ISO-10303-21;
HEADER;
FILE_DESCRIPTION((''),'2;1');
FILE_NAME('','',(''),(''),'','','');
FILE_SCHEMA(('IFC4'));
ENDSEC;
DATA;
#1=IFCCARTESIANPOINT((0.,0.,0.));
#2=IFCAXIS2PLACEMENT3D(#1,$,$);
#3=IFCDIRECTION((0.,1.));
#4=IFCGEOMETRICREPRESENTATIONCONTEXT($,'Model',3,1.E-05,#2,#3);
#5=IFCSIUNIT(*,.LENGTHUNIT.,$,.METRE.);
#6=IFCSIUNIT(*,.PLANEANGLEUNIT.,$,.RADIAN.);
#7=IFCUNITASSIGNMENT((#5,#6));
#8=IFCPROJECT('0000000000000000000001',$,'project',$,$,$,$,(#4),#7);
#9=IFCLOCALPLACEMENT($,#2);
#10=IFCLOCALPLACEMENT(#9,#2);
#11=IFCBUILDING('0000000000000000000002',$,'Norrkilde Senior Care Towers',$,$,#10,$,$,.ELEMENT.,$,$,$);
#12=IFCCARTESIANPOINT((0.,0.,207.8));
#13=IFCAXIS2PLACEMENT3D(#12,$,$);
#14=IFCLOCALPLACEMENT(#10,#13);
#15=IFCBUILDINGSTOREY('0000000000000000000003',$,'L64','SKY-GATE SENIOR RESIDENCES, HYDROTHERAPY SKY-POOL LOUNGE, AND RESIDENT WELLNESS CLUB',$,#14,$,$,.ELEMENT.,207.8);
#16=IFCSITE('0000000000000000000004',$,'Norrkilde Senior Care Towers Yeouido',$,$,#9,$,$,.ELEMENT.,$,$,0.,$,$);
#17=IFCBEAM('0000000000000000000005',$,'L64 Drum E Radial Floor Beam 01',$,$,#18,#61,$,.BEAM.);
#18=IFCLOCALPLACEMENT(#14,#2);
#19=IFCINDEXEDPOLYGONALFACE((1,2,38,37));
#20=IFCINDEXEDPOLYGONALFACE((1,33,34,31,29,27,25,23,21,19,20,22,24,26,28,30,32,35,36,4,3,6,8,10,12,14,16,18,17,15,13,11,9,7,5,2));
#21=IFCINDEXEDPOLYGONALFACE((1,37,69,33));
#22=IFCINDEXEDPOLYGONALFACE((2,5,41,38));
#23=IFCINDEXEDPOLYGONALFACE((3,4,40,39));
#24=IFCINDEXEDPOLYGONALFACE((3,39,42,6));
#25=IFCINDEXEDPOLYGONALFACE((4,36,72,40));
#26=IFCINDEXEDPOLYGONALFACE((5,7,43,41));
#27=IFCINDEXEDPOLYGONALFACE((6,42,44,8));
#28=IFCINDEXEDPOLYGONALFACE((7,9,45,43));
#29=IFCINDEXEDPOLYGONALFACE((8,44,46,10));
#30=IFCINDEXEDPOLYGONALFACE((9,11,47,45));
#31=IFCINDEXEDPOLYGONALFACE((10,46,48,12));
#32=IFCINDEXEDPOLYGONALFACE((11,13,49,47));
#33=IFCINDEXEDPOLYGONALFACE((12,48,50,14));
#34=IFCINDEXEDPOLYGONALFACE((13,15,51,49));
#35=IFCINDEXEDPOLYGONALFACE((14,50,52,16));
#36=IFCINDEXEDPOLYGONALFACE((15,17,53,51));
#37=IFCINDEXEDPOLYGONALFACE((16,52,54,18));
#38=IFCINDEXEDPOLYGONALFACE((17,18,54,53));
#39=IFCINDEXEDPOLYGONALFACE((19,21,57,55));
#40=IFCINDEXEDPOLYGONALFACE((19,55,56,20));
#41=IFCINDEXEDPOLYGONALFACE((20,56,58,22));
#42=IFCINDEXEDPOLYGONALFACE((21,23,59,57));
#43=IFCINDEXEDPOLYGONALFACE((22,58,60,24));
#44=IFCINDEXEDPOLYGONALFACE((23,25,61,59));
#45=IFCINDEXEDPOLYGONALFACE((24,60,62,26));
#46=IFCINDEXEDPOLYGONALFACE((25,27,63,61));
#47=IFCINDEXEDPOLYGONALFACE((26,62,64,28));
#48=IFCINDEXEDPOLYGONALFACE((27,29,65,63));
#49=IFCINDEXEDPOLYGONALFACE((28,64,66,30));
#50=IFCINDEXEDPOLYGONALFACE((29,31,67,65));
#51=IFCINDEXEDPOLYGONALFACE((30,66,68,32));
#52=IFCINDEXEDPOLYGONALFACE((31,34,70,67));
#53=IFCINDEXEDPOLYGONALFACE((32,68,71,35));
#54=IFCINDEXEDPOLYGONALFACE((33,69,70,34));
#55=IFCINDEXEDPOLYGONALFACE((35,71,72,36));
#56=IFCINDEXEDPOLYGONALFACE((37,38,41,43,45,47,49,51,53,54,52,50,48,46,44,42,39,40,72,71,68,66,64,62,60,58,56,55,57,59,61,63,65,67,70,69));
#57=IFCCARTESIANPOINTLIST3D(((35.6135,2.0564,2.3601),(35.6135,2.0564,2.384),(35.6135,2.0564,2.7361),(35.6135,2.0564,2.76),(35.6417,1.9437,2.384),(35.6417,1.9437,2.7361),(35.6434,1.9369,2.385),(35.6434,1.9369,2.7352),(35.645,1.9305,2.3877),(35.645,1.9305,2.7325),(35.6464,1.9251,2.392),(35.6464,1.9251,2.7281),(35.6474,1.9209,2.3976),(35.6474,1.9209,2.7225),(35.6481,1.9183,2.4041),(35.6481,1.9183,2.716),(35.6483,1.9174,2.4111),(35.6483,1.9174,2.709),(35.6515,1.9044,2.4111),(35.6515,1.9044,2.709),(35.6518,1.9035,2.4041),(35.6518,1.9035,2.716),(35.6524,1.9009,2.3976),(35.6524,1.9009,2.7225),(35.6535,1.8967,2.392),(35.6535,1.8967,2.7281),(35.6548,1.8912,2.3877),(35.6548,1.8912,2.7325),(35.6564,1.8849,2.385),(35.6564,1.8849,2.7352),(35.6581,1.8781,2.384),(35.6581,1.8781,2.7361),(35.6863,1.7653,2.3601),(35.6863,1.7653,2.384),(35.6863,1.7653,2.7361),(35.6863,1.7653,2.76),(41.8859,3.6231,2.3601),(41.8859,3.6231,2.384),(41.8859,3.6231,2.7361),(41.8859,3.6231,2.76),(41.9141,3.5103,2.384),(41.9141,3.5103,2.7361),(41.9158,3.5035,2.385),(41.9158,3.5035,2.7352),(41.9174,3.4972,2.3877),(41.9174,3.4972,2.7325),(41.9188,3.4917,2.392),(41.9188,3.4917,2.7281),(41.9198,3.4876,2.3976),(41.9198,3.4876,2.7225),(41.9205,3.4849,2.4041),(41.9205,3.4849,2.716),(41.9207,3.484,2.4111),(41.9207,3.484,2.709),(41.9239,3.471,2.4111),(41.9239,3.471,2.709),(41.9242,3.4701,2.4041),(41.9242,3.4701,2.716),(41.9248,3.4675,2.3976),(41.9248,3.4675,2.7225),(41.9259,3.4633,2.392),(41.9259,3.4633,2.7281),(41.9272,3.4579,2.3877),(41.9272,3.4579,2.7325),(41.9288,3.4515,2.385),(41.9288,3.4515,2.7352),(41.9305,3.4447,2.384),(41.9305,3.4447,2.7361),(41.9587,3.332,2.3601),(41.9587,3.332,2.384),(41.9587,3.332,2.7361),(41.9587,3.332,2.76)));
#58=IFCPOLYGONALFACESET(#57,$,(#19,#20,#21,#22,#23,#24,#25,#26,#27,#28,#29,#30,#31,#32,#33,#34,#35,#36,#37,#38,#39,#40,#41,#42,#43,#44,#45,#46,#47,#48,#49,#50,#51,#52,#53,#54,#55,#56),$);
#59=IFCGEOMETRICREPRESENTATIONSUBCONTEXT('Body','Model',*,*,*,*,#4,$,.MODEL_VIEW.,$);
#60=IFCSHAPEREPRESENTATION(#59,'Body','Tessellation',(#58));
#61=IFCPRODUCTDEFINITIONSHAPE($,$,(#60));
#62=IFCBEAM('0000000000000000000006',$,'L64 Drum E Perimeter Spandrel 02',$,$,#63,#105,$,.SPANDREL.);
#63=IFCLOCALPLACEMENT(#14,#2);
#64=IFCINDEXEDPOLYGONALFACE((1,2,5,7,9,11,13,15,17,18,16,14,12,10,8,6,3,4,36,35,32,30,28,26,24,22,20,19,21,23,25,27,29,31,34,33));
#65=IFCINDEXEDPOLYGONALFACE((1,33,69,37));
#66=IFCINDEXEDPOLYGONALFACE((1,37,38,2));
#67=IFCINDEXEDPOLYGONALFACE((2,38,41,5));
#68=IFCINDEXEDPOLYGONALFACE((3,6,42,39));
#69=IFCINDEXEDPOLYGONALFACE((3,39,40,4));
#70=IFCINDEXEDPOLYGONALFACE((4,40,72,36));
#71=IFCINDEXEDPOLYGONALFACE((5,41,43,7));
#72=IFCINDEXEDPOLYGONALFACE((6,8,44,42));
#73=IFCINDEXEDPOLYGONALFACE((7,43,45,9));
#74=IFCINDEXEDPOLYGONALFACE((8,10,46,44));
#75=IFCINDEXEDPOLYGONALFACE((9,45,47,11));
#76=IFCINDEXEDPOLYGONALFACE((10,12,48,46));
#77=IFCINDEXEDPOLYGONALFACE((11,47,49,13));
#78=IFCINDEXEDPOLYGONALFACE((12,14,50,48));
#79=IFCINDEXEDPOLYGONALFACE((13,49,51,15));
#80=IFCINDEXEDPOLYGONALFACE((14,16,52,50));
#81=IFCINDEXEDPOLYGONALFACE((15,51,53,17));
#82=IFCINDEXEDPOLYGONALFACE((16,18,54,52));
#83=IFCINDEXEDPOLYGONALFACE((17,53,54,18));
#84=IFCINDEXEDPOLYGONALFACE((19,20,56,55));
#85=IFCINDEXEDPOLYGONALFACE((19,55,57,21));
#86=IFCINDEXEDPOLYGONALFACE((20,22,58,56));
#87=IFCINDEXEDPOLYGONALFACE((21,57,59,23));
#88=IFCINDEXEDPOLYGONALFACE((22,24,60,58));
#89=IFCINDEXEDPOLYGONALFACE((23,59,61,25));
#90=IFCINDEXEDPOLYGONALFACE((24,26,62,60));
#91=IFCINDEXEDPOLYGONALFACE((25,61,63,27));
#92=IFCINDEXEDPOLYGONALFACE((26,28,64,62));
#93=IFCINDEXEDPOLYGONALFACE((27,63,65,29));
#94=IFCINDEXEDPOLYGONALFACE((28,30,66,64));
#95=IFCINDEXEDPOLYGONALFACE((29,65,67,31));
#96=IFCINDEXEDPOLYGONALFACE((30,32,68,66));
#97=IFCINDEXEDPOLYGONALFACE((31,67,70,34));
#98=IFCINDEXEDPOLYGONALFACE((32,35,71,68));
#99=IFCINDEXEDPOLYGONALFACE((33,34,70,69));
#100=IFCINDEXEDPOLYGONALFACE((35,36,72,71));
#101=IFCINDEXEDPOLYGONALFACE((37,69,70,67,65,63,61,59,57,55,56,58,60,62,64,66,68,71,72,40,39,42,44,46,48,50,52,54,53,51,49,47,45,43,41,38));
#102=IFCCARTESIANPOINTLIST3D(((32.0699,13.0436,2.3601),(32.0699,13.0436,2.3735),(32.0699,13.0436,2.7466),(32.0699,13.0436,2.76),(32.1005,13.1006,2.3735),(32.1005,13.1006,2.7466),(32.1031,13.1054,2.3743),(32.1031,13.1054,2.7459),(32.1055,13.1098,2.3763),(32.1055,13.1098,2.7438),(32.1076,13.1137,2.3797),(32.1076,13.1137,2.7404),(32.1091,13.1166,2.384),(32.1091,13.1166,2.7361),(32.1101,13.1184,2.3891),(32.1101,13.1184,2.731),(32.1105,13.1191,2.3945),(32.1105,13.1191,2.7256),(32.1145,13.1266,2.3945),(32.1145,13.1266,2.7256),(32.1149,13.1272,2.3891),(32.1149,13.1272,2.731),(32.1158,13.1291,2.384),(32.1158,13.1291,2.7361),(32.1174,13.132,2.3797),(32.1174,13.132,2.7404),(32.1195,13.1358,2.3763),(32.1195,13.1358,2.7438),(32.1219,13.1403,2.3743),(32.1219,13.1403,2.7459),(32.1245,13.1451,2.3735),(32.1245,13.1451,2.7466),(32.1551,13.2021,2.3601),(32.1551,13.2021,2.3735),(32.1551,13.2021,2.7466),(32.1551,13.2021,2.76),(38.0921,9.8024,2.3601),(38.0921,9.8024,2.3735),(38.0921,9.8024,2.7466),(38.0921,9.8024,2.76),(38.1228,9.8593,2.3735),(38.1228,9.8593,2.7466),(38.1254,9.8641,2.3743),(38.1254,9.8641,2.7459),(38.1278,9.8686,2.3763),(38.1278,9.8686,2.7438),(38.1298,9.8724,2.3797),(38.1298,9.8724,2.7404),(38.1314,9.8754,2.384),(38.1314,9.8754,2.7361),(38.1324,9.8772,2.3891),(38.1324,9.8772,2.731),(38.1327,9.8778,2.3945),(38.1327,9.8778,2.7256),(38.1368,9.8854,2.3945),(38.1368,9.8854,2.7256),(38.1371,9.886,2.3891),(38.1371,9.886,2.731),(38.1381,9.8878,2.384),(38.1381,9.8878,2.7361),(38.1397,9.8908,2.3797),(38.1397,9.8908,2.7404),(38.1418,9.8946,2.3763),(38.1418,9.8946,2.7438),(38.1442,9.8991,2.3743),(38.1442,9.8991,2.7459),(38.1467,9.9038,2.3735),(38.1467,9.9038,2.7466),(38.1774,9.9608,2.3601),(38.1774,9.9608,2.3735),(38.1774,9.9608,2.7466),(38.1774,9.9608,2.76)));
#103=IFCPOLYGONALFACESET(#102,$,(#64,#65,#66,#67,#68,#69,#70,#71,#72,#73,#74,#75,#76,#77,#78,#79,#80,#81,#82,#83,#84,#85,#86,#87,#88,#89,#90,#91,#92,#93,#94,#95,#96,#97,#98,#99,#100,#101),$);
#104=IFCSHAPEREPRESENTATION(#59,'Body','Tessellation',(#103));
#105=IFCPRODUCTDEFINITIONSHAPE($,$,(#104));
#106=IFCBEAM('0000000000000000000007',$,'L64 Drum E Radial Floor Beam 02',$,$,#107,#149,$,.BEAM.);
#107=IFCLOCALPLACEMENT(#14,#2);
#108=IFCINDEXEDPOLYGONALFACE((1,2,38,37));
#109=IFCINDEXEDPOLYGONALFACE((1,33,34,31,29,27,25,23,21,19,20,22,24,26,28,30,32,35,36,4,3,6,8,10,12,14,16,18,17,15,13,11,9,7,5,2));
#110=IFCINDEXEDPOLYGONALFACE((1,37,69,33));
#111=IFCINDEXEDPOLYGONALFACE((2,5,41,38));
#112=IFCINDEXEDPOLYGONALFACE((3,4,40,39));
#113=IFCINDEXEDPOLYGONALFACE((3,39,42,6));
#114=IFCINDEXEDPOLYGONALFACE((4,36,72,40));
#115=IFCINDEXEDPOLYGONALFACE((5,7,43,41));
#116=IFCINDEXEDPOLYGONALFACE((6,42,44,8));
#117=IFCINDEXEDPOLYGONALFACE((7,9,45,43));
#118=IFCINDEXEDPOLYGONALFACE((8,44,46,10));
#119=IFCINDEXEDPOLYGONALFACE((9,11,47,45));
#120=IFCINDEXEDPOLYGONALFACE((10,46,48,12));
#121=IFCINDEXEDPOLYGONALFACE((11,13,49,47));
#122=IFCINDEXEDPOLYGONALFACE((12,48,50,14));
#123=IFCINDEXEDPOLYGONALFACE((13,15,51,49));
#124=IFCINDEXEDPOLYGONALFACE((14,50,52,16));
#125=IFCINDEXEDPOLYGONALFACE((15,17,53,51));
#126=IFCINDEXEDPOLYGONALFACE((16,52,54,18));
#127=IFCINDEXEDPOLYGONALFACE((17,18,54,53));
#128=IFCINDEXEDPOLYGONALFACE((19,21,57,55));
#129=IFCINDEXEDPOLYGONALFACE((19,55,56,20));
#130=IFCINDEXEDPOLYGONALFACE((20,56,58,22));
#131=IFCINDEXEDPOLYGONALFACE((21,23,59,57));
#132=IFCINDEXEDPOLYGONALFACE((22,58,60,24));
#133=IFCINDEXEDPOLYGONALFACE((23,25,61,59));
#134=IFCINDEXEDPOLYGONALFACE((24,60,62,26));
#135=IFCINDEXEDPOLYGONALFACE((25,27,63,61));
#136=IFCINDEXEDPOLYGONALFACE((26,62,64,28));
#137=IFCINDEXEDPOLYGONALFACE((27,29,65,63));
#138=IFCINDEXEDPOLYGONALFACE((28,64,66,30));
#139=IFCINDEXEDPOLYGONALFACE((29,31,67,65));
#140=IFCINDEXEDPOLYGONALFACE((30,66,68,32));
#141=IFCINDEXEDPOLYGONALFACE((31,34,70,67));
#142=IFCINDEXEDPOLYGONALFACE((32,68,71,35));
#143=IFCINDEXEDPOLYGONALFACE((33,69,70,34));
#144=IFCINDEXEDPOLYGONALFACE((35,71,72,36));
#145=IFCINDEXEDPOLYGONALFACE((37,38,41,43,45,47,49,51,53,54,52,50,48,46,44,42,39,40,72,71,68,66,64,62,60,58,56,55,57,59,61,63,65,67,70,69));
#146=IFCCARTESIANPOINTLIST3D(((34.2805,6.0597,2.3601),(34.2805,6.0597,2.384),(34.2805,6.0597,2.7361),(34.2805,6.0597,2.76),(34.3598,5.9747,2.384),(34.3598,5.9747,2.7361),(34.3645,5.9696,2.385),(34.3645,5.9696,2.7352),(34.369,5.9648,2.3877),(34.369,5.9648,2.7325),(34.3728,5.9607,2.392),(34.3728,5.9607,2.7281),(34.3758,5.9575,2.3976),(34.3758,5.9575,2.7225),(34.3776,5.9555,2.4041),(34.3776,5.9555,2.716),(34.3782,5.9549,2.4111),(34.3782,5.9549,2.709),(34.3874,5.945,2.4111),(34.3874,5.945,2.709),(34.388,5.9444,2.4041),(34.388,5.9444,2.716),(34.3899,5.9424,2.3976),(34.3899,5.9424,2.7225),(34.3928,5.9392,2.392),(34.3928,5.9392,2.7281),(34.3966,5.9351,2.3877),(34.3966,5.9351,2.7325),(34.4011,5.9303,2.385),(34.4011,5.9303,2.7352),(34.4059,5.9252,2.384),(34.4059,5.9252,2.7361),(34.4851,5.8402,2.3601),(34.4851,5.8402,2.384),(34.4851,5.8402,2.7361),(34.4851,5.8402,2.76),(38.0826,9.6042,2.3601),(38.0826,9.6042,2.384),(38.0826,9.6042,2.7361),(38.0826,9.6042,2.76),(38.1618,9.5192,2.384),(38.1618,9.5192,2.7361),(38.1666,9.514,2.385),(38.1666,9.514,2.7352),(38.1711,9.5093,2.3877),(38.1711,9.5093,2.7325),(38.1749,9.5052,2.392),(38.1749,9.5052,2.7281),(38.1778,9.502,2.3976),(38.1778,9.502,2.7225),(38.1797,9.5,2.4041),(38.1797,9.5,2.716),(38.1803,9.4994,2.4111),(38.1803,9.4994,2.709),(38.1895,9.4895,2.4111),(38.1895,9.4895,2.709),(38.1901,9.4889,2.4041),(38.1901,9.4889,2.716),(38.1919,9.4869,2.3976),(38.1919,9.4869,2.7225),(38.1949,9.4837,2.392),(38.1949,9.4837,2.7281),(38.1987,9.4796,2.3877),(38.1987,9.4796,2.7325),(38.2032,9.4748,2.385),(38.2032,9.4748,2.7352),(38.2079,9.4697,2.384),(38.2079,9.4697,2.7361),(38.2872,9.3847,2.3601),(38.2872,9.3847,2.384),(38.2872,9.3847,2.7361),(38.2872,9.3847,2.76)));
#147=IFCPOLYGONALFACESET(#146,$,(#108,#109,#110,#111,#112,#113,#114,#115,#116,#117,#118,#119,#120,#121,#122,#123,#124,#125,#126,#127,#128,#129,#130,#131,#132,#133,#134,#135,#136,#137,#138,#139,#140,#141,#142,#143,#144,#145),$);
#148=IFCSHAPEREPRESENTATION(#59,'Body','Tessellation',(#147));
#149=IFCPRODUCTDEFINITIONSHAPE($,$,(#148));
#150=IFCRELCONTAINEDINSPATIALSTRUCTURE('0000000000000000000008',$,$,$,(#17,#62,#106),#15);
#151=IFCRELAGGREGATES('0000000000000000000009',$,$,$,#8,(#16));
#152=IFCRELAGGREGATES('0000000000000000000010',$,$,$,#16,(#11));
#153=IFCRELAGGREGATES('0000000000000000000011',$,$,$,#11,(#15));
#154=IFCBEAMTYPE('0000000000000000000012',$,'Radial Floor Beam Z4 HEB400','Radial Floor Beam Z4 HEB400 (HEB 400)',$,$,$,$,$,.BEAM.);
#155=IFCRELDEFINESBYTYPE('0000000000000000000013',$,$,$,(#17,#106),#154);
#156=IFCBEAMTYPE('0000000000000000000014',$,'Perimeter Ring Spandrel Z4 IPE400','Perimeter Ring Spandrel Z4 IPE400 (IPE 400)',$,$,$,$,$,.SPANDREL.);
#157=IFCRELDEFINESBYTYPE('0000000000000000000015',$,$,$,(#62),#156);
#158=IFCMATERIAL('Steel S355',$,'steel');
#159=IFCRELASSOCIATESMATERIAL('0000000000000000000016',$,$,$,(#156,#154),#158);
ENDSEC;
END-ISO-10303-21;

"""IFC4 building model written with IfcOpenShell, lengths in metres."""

from ifc_helpers import new_model, si_unit, direction, frame, origin, origin_2d, place, context, subcontext, project, spatial, i_section, extrude, source, transform, mapped, material, material_profile, profile_set, type_object, type_shapes, element, save


model = new_model("IFC4")

# Units and contexts
model_context = context("Model", 3, precision=1e-05, world=origin(), true_north=direction((0.0, 1.0)))
body_context = subcontext(model_context, "Body", "Model", "MODEL_VIEW")
ifc_project = project(units=[si_unit("LENGTHUNIT", "METRE"), si_unit("PLANEANGLEUNIT", "RADIAN")], contexts=[model_context])

# Site, building, storey
site_placement = place(None, origin())
site = spatial("IfcSite", under=ifc_project, at=site_placement, Name="Norrkilde Senior Care Towers Yeouido", CompositionType="ELEMENT", RefElevation=0.0)
building_placement = place(site_placement, origin())
building = spatial("IfcBuilding", under=site, at=building_placement, Name="Norrkilde Senior Care Towers", CompositionType="ELEMENT")
storey_placement = place(building_placement, frame((0.0, 0.0, 207.8)))
storey = spatial("IfcBuildingStorey", under=building, at=storey_placement, Name="L64", Description="SKY-GATE SENIOR RESIDENCES, HYDROTHERAPY SKY-POOL LOUNGE, AND RESIDENT WELLNESS CLUB", CompositionType="ELEMENT", Elevation=207.8)

# Beams
ifc_material_1 = material(Name="Steel S355", Category="steel")
ifc_material_profile_1 = material_profile(ifc_material_1, i_section(OverallWidth=0.1799, OverallDepth=0.3999, WebThickness=0.0085, FlangeThickness=0.0134, FilletRadius=0.021, at=origin_2d()), Name="IPE 400")
ifc_profile_set_1 = profile_set([ifc_material_profile_1], Name="Steel S355")
beam_type_1 = type_object("IfcBeamType", Name="Perimeter Ring Spandrel Z4 IPE400", Description="Perimeter Ring Spandrel Z4 IPE400 (IPE 400)", PredefinedType="SPANDREL", material=ifc_profile_set_1)
ifc_material_profile_2 = material_profile(ifc_material_1, i_section(OverallWidth=0.3, OverallDepth=0.3999, WebThickness=0.0134, FlangeThickness=0.0239, FilletRadius=0.0271, at=origin_2d()), Name="HEB 400")
ifc_profile_set_2 = profile_set([ifc_material_profile_2], Name="Steel S355")
beam_type_2 = type_object("IfcBeamType", Name="Radial Floor Beam Z4 HEB400", Description="Radial Floor Beam Z4 HEB400 (HEB 400)", PredefinedType="BEAM", material=ifc_profile_set_2)
shared_shape_1 = source(origin(), body_context, "Body", "SweptSolid", [
    extrude(i_section(OverallWidth=0.3, OverallDepth=0.3999, WebThickness=0.0134, FlangeThickness=0.0239, FilletRadius=0.0271, at=origin_2d()), origin(), (0.0, 0.0, 1.0), 6.4651),
])
beam_1_placement = place(storey_placement, frame((35.6499, 1.9109, 2.5601), z_axis=(0.970196, 0.242322, 0.0), x_axis=(-0.242322, 0.970196, 0.0)))
element("IfcBeam", 1, at=beam_1_placement, inside=storey, type_object=beam_type_2, Name="L64 Drum E Radial Floor Beam 01", PredefinedType="BEAM", context=body_context, shape_type="MappedRepresentation", body=[
    mapped(shared_shape_1, transform((0.0, 0.0, 0.0), x_axis=(1.0, 0.0, 0.0), y_axis=(0.0, 1.0, 0.0), z_axis=(0.0, 0.0, 1.0), scale=1.0)),
])
shared_shape_2 = source(origin(), body_context, "Body", "SweptSolid", [
    extrude(i_section(OverallWidth=0.1799, OverallDepth=0.3999, WebThickness=0.0085, FlangeThickness=0.0134, FilletRadius=0.021, at=origin_2d()), origin(), (0.0, 0.0, 1.0), 6.8391),
])
beam_2_placement = place(storey_placement, frame((38.1348, 9.8816, 2.5601), z_axis=(-0.880564, 0.473927, 0.0), x_axis=(-0.473927, -0.880564, 0.0)))
element("IfcBeam", 2, at=beam_2_placement, inside=storey, type_object=beam_type_1, Name="L64 Drum E Perimeter Spandrel 02", PredefinedType="SPANDREL", context=body_context, shape_type="MappedRepresentation", body=[
    mapped(shared_shape_2, transform((0.0, 0.0, 0.0), x_axis=(1.0, 0.0, 0.0), y_axis=(0.0, 1.0, 0.0), z_axis=(0.0, 0.0, 1.0), scale=1.0)),
])
shared_shape_3 = source(origin(), body_context, "Body", "SweptSolid", [
    extrude(i_section(OverallWidth=0.3, OverallDepth=0.3999, WebThickness=0.0134, FlangeThickness=0.0239, FilletRadius=0.0271, at=origin_2d()), origin(), (0.0, 0.0, 1.0), 5.198),
])
type_shapes(beam_type_2, [shared_shape_1, shared_shape_3])
beam_3_placement = place(storey_placement, frame((34.3828, 5.95, 2.5601), z_axis=(0.731449, 0.681896, 0.0), x_axis=(-0.681896, 0.731449, 0.0)))
element("IfcBeam", 3, at=beam_3_placement, inside=storey, type_object=beam_type_2, Name="L64 Drum E Radial Floor Beam 02", PredefinedType="BEAM", context=body_context, shape_type="MappedRepresentation", body=[
    mapped(shared_shape_3, transform((0.0, 0.0, 0.0), x_axis=(1.0, 0.0, 0.0), y_axis=(0.0, 1.0, 0.0), z_axis=(0.0, 0.0, 1.0), scale=1.0)),
])

save(model, "model.ifc")
